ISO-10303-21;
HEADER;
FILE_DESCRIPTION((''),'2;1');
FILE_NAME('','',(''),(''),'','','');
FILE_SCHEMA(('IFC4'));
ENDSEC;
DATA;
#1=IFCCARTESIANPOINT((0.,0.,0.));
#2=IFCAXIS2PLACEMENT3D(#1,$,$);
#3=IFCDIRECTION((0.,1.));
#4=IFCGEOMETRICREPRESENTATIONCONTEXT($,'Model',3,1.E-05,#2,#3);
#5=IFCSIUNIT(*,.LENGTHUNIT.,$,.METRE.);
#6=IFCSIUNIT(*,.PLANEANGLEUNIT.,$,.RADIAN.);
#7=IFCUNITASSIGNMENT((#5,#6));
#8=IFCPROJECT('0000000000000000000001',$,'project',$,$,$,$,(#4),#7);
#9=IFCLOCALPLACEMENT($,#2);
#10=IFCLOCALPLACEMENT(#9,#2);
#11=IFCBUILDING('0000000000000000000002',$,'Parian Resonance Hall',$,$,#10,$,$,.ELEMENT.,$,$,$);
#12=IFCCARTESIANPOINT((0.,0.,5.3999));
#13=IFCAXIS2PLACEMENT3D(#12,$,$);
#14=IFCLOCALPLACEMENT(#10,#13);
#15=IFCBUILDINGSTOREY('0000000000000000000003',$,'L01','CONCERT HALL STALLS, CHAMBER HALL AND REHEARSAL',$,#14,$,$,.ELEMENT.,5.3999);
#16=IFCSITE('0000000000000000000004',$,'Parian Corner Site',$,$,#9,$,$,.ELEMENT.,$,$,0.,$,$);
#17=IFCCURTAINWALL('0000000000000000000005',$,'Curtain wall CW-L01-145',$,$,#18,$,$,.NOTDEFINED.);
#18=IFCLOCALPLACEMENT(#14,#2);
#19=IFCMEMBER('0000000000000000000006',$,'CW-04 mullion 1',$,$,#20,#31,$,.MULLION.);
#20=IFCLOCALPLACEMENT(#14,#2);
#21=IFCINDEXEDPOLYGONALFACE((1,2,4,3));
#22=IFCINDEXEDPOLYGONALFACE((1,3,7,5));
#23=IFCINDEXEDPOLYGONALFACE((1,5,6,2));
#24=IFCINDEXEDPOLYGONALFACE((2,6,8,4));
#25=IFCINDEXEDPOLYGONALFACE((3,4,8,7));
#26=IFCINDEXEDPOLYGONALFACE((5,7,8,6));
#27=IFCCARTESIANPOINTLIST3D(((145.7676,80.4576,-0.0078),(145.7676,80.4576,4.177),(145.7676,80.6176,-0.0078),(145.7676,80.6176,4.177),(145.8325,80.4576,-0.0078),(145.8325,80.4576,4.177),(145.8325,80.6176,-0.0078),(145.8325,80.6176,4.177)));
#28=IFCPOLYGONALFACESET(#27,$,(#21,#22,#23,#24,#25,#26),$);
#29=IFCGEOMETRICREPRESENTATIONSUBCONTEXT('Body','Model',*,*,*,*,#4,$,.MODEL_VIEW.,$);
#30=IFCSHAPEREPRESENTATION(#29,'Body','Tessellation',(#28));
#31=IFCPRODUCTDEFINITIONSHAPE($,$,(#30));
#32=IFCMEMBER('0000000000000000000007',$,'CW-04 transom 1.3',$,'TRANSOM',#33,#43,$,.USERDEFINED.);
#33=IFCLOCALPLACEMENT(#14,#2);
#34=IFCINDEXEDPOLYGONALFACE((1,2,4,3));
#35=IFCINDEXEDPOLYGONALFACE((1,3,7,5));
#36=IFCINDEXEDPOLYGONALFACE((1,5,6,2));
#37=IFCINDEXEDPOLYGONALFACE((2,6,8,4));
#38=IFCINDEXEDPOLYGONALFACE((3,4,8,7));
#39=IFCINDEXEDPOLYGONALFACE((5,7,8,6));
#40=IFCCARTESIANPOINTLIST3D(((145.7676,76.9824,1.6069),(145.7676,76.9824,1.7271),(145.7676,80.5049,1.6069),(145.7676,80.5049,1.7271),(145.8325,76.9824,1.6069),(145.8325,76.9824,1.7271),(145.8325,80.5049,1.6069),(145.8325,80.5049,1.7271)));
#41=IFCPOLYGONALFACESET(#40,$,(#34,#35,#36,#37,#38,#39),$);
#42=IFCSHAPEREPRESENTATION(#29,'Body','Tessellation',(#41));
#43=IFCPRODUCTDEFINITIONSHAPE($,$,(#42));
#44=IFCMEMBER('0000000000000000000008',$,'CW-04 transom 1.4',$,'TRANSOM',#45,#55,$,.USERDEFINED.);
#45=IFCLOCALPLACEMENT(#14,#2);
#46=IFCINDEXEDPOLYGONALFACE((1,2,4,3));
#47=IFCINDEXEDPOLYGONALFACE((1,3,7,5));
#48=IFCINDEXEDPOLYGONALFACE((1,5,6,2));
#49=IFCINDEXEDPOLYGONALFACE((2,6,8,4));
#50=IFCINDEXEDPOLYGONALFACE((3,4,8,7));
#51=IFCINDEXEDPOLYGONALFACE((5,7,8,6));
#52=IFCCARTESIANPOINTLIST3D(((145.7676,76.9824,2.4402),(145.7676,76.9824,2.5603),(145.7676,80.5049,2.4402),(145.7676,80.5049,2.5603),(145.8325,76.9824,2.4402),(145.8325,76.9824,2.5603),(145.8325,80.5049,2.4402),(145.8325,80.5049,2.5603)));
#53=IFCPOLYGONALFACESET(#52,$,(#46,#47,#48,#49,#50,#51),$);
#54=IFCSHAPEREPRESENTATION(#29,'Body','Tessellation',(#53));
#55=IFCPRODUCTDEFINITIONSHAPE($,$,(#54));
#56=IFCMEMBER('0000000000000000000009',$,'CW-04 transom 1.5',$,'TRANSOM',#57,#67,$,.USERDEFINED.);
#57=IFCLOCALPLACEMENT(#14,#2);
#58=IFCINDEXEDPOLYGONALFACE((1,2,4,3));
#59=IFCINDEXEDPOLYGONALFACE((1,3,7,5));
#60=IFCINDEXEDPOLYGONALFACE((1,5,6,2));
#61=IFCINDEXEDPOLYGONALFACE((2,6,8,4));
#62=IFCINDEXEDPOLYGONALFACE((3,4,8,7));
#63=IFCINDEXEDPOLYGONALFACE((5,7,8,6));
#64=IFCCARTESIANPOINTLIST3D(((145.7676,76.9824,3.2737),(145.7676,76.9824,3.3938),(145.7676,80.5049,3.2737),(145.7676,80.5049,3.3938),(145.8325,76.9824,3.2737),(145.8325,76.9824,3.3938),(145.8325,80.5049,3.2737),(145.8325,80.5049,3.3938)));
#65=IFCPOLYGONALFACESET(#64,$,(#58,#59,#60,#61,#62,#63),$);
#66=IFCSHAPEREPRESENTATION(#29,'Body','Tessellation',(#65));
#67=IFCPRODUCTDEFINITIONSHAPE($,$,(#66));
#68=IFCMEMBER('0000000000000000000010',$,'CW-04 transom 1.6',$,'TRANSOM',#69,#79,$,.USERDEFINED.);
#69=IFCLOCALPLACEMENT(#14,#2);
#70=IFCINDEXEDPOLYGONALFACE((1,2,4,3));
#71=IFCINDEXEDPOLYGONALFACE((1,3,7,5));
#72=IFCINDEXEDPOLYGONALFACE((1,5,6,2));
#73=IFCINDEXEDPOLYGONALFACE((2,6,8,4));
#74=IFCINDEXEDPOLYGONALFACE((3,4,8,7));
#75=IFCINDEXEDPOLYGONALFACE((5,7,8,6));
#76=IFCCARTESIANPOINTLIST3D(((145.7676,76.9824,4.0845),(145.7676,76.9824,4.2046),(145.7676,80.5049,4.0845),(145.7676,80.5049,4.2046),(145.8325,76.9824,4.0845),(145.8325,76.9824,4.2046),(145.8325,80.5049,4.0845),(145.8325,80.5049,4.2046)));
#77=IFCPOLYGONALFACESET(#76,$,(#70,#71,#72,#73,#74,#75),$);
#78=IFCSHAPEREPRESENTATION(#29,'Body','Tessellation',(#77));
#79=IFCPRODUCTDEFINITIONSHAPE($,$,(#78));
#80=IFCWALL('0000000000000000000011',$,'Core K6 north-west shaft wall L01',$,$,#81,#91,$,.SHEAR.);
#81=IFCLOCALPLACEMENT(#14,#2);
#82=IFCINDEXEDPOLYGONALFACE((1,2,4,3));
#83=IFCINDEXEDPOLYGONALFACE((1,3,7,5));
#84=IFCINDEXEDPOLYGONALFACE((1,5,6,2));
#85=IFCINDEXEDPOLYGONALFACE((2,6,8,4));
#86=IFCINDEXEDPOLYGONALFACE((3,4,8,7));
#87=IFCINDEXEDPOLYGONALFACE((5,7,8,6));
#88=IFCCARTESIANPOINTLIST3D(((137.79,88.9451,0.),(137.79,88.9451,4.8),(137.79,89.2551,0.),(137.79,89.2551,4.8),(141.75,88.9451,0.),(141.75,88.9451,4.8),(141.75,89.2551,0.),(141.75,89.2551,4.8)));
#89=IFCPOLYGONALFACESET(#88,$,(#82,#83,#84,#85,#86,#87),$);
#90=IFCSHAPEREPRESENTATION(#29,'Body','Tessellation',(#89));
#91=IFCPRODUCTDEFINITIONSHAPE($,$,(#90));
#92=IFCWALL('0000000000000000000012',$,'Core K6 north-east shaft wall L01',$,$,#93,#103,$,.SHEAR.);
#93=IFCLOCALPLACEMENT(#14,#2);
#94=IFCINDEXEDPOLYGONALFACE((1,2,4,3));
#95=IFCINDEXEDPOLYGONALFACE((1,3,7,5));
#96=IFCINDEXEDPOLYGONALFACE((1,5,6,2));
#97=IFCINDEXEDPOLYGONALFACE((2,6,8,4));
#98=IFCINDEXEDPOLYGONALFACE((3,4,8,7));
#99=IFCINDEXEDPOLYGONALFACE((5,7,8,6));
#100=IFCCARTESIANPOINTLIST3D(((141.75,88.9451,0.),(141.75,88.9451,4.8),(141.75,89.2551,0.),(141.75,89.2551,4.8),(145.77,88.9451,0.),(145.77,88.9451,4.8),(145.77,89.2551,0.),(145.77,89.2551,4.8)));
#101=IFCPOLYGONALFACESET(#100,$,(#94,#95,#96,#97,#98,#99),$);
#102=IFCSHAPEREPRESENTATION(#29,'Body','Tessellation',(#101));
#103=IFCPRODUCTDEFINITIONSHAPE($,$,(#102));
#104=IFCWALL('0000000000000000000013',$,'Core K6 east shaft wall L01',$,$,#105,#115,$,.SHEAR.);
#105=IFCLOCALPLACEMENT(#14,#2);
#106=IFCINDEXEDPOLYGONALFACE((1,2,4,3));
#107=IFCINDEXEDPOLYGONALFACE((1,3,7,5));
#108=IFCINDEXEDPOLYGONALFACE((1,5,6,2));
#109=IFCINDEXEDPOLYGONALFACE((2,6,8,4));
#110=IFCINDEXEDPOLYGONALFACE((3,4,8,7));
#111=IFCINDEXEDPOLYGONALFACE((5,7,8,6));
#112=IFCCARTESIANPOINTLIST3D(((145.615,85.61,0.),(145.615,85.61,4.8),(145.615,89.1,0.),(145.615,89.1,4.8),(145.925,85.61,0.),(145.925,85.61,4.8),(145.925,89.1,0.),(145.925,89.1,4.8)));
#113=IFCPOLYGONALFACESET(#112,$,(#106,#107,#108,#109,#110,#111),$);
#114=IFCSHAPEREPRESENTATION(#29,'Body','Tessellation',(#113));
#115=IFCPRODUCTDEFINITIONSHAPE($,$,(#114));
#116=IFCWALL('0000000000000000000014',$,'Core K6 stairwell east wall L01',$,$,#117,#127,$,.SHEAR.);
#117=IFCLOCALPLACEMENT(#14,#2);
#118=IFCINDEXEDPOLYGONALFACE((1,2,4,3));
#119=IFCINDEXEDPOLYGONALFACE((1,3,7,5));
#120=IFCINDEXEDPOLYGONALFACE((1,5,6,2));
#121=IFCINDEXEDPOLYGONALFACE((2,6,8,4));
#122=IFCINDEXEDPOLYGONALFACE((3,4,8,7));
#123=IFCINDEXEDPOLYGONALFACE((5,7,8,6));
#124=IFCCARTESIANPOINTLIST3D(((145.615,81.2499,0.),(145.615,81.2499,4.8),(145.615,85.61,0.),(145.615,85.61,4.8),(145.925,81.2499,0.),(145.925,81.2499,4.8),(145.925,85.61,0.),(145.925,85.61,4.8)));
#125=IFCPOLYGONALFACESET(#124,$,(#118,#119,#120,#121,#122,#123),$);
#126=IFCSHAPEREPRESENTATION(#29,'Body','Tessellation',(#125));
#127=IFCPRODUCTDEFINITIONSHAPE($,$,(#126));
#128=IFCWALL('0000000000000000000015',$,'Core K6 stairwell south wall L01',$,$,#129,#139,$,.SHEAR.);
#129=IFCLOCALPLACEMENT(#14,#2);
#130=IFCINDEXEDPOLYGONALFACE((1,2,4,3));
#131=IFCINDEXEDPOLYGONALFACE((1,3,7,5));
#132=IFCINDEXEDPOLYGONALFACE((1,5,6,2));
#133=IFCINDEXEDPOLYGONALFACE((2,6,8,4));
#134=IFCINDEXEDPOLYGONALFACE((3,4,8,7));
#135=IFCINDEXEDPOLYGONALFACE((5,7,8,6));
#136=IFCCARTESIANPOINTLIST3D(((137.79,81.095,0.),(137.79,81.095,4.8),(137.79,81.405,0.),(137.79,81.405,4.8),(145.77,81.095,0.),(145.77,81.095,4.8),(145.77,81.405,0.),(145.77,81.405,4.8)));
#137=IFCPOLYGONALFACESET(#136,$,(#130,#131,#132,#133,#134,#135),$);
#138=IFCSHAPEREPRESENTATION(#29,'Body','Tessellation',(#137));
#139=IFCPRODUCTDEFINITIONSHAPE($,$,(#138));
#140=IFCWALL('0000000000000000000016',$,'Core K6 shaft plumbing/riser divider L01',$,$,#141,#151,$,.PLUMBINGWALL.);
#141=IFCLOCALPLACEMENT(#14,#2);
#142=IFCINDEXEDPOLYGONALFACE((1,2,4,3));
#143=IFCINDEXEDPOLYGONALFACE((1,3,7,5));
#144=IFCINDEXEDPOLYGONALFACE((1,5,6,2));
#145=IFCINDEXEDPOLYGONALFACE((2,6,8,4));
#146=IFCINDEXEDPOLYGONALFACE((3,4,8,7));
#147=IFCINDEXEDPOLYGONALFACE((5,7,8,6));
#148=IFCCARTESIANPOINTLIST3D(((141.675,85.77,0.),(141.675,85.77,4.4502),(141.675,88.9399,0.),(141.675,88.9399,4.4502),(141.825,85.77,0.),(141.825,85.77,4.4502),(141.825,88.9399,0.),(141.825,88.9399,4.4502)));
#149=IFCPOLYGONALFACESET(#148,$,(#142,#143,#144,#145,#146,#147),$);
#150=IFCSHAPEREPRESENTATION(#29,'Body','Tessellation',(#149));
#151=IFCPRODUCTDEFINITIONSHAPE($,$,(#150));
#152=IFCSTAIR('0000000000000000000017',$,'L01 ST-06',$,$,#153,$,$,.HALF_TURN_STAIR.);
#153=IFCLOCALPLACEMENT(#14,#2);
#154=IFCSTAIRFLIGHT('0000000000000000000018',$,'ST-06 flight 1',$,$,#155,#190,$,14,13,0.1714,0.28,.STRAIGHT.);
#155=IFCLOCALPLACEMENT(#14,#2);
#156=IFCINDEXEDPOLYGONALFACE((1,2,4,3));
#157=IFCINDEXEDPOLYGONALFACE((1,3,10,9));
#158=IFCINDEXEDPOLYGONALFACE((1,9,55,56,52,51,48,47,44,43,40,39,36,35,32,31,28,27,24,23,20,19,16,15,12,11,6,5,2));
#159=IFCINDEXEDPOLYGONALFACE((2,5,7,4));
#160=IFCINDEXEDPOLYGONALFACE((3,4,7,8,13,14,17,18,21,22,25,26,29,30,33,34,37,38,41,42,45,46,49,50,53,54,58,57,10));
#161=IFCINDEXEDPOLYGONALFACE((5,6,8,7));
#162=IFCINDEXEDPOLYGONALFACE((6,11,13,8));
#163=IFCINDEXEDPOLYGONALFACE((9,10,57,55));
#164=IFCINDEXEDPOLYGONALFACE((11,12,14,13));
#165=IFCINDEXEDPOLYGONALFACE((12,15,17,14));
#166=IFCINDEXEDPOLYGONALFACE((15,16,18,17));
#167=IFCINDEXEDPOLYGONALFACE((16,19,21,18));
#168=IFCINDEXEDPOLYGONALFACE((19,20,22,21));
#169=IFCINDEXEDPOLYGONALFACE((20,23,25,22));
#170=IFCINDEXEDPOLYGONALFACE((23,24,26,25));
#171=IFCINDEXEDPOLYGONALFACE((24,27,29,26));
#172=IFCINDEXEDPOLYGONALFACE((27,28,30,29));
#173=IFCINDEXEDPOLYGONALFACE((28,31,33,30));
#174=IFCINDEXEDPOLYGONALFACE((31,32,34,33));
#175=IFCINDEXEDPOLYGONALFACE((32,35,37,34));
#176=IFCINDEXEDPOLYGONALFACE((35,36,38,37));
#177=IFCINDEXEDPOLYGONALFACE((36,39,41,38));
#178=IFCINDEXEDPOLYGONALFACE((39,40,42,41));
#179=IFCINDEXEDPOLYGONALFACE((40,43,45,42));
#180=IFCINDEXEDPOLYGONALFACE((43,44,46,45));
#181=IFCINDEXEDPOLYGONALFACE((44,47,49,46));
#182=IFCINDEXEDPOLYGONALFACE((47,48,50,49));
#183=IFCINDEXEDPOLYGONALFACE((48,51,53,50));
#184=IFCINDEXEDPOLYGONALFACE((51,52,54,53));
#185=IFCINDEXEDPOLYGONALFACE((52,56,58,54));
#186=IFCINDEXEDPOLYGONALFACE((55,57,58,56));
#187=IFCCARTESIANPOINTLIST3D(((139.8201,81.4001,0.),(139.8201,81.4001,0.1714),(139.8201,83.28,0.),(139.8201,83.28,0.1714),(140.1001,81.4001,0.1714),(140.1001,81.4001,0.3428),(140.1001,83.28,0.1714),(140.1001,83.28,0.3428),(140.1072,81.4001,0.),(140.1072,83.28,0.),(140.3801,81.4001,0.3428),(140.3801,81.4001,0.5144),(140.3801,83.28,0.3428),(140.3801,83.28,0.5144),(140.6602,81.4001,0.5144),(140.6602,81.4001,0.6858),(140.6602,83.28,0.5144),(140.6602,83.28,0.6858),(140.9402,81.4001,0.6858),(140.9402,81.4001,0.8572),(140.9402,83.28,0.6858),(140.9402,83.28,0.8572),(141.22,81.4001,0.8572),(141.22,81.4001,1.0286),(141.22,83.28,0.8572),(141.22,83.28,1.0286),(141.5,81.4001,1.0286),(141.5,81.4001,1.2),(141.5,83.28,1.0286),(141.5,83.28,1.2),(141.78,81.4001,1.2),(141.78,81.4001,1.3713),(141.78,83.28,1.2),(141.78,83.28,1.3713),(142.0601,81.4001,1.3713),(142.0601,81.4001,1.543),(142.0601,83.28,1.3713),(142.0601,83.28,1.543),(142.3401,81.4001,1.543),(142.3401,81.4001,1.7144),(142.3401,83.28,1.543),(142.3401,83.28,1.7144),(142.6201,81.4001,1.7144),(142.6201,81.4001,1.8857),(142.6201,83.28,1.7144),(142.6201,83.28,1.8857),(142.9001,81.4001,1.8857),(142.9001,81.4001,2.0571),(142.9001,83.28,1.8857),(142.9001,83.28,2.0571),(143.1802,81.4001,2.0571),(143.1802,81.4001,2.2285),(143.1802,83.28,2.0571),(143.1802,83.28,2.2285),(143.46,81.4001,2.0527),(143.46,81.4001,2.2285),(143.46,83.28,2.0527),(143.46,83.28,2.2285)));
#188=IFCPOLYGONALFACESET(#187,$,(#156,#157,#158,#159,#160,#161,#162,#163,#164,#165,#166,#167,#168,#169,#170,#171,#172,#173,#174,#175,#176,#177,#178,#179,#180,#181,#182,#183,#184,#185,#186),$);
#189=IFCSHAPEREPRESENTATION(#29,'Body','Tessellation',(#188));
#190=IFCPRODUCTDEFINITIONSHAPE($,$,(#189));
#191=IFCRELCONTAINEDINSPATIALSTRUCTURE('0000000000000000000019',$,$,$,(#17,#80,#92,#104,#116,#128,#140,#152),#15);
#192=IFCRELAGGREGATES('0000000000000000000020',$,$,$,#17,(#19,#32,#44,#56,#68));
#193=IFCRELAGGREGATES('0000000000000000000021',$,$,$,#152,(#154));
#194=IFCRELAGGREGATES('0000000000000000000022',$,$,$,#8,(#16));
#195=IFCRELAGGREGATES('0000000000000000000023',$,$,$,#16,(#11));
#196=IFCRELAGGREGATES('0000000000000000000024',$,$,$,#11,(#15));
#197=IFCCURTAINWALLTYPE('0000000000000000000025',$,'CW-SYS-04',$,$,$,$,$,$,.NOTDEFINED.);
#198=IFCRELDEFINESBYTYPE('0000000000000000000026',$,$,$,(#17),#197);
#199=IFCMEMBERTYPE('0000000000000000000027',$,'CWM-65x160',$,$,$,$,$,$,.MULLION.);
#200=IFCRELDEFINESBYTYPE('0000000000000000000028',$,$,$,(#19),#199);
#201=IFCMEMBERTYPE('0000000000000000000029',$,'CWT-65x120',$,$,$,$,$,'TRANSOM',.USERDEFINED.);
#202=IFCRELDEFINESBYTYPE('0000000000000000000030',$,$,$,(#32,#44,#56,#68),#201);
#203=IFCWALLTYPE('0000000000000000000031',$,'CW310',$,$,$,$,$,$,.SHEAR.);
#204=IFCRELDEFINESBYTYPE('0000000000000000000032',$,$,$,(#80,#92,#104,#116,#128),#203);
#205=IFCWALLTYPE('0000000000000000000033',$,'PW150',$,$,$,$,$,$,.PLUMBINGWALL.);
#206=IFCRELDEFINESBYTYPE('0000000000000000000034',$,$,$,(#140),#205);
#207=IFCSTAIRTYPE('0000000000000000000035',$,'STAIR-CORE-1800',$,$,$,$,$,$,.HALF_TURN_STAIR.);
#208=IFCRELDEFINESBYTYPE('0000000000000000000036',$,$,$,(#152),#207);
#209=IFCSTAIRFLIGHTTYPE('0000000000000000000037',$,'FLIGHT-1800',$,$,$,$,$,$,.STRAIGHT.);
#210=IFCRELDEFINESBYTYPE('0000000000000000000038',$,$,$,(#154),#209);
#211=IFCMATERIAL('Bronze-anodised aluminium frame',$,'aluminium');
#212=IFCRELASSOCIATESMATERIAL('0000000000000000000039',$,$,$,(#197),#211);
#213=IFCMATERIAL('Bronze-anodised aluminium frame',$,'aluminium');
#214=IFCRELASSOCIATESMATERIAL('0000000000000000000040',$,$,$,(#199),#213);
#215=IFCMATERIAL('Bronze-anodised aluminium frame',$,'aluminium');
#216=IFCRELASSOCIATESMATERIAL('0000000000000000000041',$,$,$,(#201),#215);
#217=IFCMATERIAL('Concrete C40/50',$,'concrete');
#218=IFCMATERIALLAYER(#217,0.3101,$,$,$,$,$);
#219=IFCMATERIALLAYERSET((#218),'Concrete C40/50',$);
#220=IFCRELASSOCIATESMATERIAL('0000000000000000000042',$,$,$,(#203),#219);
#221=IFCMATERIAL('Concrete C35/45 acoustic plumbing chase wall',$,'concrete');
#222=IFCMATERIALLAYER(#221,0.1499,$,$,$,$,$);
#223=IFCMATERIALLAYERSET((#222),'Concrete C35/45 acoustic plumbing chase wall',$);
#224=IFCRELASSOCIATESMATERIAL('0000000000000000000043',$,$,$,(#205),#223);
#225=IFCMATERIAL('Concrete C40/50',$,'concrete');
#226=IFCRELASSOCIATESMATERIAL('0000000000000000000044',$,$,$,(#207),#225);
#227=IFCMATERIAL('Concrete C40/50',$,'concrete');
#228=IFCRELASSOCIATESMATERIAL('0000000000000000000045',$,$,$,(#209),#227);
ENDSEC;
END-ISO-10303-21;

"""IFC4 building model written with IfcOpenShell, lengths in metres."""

from ifc_helpers import new_model, si_unit, direction, frame, frame_2d, origin, origin_2d, place, context, subcontext, project, spatial, polyline, rectangle, outline, extrude, material, layer, layer_set, material_profile, profile_set, type_object, element, aggregate, save


model = new_model("IFC4")

# Units and contexts
model_context = context("Model", 3, precision=1e-05, world=origin(), true_north=direction((0.0, 1.0)))
body_context = subcontext(model_context, "Body", "Model", "MODEL_VIEW")
ifc_project = project(units=[si_unit("LENGTHUNIT", "METRE"), si_unit("PLANEANGLEUNIT", "RADIAN")], contexts=[model_context])

# Site, building, storey
site_placement = place(None, origin())
site = spatial("IfcSite", under=ifc_project, at=site_placement, Name="Parian Corner Site", CompositionType="ELEMENT", RefElevation=0.0)
building_placement = place(site_placement, origin())
building = spatial("IfcBuilding", under=site, at=building_placement, Name="Parian Resonance Hall", CompositionType="ELEMENT")
storey_placement = place(building_placement, frame((0.0, 0.0, 5.3999)))
storey = spatial("IfcBuildingStorey", under=building, at=storey_placement, Name="L01", Description="CONCERT HALL STALLS, CHAMBER HALL AND REHEARSAL", CompositionType="ELEMENT", Elevation=5.3999)

# Curtain wall, members
ifc_material_1 = material(Name="Bronze-anodised aluminium frame", Category="aluminium")
curtain_wall_type = type_object("IfcCurtainWallType", Name="CW-SYS-04", PredefinedType="NOTDEFINED", material=ifc_material_1)
curtain_wall_placement = place(storey_placement, origin())
curtain_wall = element("IfcCurtainWall", 1, at=curtain_wall_placement, inside=storey, type_object=curtain_wall_type, Name="Curtain wall CW-L01-145", PredefinedType="NOTDEFINED")
ifc_material_2 = material(Name="Bronze-anodised aluminium frame", Category="aluminium")
ifc_material_profile_1 = material_profile(ifc_material_2, rectangle(XDim=0.0649, YDim=0.1599, at=origin_2d()), Name="CWM-65x160")
ifc_profile_set_1 = profile_set([ifc_material_profile_1], Name="Bronze-anodised aluminium frame")
member_type_1 = type_object("IfcMemberType", Name="CWM-65x160", PredefinedType="MULLION", material=ifc_profile_set_1)
member_1_placement = place(storey_placement, frame((145.8, 80.5376, -0.0078), z_axis=(0.0, 0.0, 1.0), x_axis=(1.0, 0.0, 0.0)))
member_1 = element("IfcMember", 2, at=member_1_placement, type_object=member_type_1, Name="CW-04 mullion 1", PredefinedType="MULLION", context=body_context, shape_type="SweptSolid", body=[
    extrude(rectangle(XDim=0.0649, YDim=0.1599, at=origin_2d()), origin(), (0.0, 0.0, 1.0), 4.1848),
])
ifc_material_3 = material(Name="Bronze-anodised aluminium frame", Category="aluminium")
ifc_material_profile_2 = material_profile(ifc_material_3, rectangle(XDim=0.0649, YDim=0.1201, at=origin_2d()), Name="CWT-65x120")
ifc_profile_set_2 = profile_set([ifc_material_profile_2], Name="Bronze-anodised aluminium frame")
member_type_2 = type_object("IfcMemberType", Name="CWT-65x120", ElementType="TRANSOM", PredefinedType="USERDEFINED", material=ifc_profile_set_2)
member_2_placement = place(storey_placement, frame((145.8, 80.5049, 1.667), z_axis=(0.0, -1.0, 0.0), x_axis=(1.0, 0.0, 0.0)))
member_2 = element("IfcMember", 3, at=member_2_placement, type_object=member_type_2, Name="CW-04 transom 1.3", ObjectType="TRANSOM", PredefinedType="USERDEFINED", context=body_context, shape_type="SweptSolid", body=[
    extrude(rectangle(XDim=0.0649, YDim=0.1201, at=origin_2d()), origin(), (0.0, 0.0, 1.0), 3.5225),
])
member_3_placement = place(storey_placement, frame((145.8, 80.5049, 2.5002), z_axis=(0.0, -1.0, 0.0), x_axis=(1.0, 0.0, 0.0)))
member_3 = element("IfcMember", 4, at=member_3_placement, type_object=member_type_2, Name="CW-04 transom 1.4", ObjectType="TRANSOM", PredefinedType="USERDEFINED", context=body_context, shape_type="SweptSolid", body=[
    extrude(rectangle(XDim=0.0649, YDim=0.1201, at=origin_2d()), origin(), (0.0, 0.0, 1.0), 3.5225),
])
member_4_placement = place(storey_placement, frame((145.8, 80.5049, 3.3337), z_axis=(0.0, -1.0, 0.0), x_axis=(1.0, 0.0, 0.0)))
member_4 = element("IfcMember", 5, at=member_4_placement, type_object=member_type_2, Name="CW-04 transom 1.5", ObjectType="TRANSOM", PredefinedType="USERDEFINED", context=body_context, shape_type="SweptSolid", body=[
    extrude(rectangle(XDim=0.0649, YDim=0.1201, at=origin_2d()), origin(), (0.0, 0.0, 1.0), 3.5225),
])
member_5_placement = place(storey_placement, frame((145.8, 80.5049, 4.1445), z_axis=(0.0, -1.0, 0.0), x_axis=(1.0, 0.0, 0.0)))
member_5 = element("IfcMember", 6, at=member_5_placement, type_object=member_type_2, Name="CW-04 transom 1.6", ObjectType="TRANSOM", PredefinedType="USERDEFINED", context=body_context, shape_type="SweptSolid", body=[
    extrude(rectangle(XDim=0.0649, YDim=0.1201, at=origin_2d()), origin(), (0.0, 0.0, 1.0), 3.5225),
])
aggregate(curtain_wall, [member_1, member_2, member_3, member_4, member_5])

# Walls
ifc_material_4 = material(Name="Concrete C40/50", Category="concrete")
ifc_layer_1 = layer(ifc_material_4, 0.3101)
ifc_layer_set_1 = layer_set([ifc_layer_1], Name="Concrete C40/50")
wall_type_1 = type_object("IfcWallType", Name="CW310", PredefinedType="SHEAR", material=ifc_layer_set_1)
wall_1_placement = place(storey_placement, frame((137.79, 89.1001, 0.0), z_axis=(0.0, 0.0, 1.0), x_axis=(1.0, 0.0, 0.0)))
element("IfcWall", 7, at=wall_1_placement, inside=storey, type_object=wall_type_1, Name="Core K6 north-west shaft wall L01", PredefinedType="SHEAR", context=body_context, shape_type="SweptSolid", body=[
    extrude(rectangle(XDim=3.96, YDim=0.3101, at=frame_2d((1.98, 0.0))), origin(), (0.0, 0.0, 1.0), 4.8),
])
wall_2_placement = place(storey_placement, frame((141.75, 89.1001, 0.0), z_axis=(0.0, 0.0, 1.0), x_axis=(1.0, 0.0, 0.0)))
element("IfcWall", 8, at=wall_2_placement, inside=storey, type_object=wall_type_1, Name="Core K6 north-east shaft wall L01", PredefinedType="SHEAR", context=body_context, shape_type="SweptSolid", body=[
    extrude(rectangle(XDim=4.02, YDim=0.3101, at=frame_2d((2.01, 0.0))), origin(), (0.0, 0.0, 1.0), 4.8),
])
wall_3_placement = place(storey_placement, frame((145.77, 89.1001, 0.0), z_axis=(0.0, 0.0, 1.0), x_axis=(0.0, -1.0, 0.0)))
element("IfcWall", 9, at=wall_3_placement, inside=storey, type_object=wall_type_1, Name="Core K6 east shaft wall L01", PredefinedType="SHEAR", context=body_context, shape_type="SweptSolid", body=[
    extrude(rectangle(XDim=3.49, YDim=0.3101, at=frame_2d((1.7451, 0.0))), origin(), (0.0, 0.0, 1.0), 4.8),
])
wall_4_placement = place(storey_placement, frame((145.77, 85.6101, 0.0), z_axis=(0.0, 0.0, 1.0), x_axis=(0.0, -1.0, 0.0)))
element("IfcWall", 10, at=wall_4_placement, inside=storey, type_object=wall_type_1, Name="Core K6 stairwell east wall L01", PredefinedType="SHEAR", context=body_context, shape_type="SweptSolid", body=[
    extrude(rectangle(XDim=4.3601, YDim=0.3101, at=frame_2d((2.1802, 0.0))), origin(), (0.0, 0.0, 1.0), 4.8),
])
wall_5_placement = place(storey_placement, frame((145.77, 81.25, 0.0), z_axis=(0.0, 0.0, 1.0), x_axis=(-1.0, 0.0, 0.0)))
element("IfcWall", 11, at=wall_5_placement, inside=storey, type_object=wall_type_1, Name="Core K6 stairwell south wall L01", PredefinedType="SHEAR", context=body_context, shape_type="SweptSolid", body=[
    extrude(rectangle(XDim=7.98, YDim=0.3101, at=frame_2d((3.99, 0.0))), origin(), (0.0, 0.0, 1.0), 4.8),
])
ifc_material_5 = material(Name="Concrete C35/45 acoustic plumbing chase wall", Category="concrete")
ifc_layer_2 = layer(ifc_material_5, 0.1499)
ifc_layer_set_2 = layer_set([ifc_layer_2], Name="Concrete C35/45 acoustic plumbing chase wall")
wall_type_2 = type_object("IfcWallType", Name="PW150", PredefinedType="PLUMBINGWALL", material=ifc_layer_set_2)
wall_6_placement = place(storey_placement, frame((141.75, 85.77, 0.0), z_axis=(0.0, 0.0, 1.0), x_axis=(0.0, 1.0, 0.0)))
element("IfcWall", 12, at=wall_6_placement, inside=storey, type_object=wall_type_2, Name="Core K6 shaft plumbing/riser divider L01", PredefinedType="PLUMBINGWALL", context=body_context, shape_type="SweptSolid", body=[
    extrude(rectangle(XDim=3.1699, YDim=0.1499, at=frame_2d((1.585, 0.0))), origin(), (0.0, 0.0, 1.0), 4.4502),
])

# Stair, stair flight
ifc_material_6 = material(Name="Concrete C40/50", Category="concrete")
stair_type = type_object("IfcStairType", Name="STAIR-CORE-1800", PredefinedType="HALF_TURN_STAIR", material=ifc_material_6)
stair_placement = place(storey_placement, origin())
stair = element("IfcStair", 13, at=stair_placement, inside=storey, type_object=stair_type, Name="L01 ST-06", PredefinedType="HALF_TURN_STAIR")
ifc_material_7 = material(Name="Concrete C40/50", Category="concrete")
stair_flight_type = type_object("IfcStairFlightType", Name="FLIGHT-1800", PredefinedType="STRAIGHT", material=ifc_material_7)
stair_flight_1_placement = place(storey_placement, frame((139.8201, 82.3401, 0.0), z_axis=(0.0, 0.0, 1.0), x_axis=(1.0, 0.0, 0.0)))
stair_flight_1 = element("IfcStairFlight", 14, at=stair_flight_1_placement, type_object=stair_flight_type, Name="ST-06 flight 1", NumberOfRisers=14, NumberOfTreads=13, PredefinedType="STRAIGHT", RiserHeight=0.1714, TreadLength=0.28, context=body_context, shape_type="SweptSolid", body=[
    extrude(outline(polyline([(0.0, 0.0), (0.0, 0.1714), (0.28, 0.1714), (0.28, 0.3428), (0.5601, 0.3428), (0.5601, 0.5144), (0.8401, 0.5144), (0.8401, 0.6858), (1.1201, 0.6858), (1.1201, 0.8572), (1.3999, 0.8572), (1.3999, 1.0286), (1.6799, 1.0286), (1.6799, 1.2), (1.96, 1.2), (1.96, 1.3713), (2.24, 1.3713), (2.24, 1.543), (2.52, 1.543), (2.52, 1.7144), (2.8, 1.7144), (2.8, 1.8857), (3.0801, 1.8857), (3.0801, 2.0571), (3.3601, 2.0571), (3.3601, 2.2285), (3.6399, 2.2285), (3.6399, 2.3999), (3.6399, 2.0527), (0.2871, 0.0), (0.0, 0.0)])), frame((0.0, 0.9399, 0.0), z_axis=(0.0, -1.0, 0.0), x_axis=(1.0, 0.0, 0.0)), (0.0, 0.0, 1.0), 1.8799),
])
aggregate(stair, [stair_flight_1])

save(model, "model.ifc")
